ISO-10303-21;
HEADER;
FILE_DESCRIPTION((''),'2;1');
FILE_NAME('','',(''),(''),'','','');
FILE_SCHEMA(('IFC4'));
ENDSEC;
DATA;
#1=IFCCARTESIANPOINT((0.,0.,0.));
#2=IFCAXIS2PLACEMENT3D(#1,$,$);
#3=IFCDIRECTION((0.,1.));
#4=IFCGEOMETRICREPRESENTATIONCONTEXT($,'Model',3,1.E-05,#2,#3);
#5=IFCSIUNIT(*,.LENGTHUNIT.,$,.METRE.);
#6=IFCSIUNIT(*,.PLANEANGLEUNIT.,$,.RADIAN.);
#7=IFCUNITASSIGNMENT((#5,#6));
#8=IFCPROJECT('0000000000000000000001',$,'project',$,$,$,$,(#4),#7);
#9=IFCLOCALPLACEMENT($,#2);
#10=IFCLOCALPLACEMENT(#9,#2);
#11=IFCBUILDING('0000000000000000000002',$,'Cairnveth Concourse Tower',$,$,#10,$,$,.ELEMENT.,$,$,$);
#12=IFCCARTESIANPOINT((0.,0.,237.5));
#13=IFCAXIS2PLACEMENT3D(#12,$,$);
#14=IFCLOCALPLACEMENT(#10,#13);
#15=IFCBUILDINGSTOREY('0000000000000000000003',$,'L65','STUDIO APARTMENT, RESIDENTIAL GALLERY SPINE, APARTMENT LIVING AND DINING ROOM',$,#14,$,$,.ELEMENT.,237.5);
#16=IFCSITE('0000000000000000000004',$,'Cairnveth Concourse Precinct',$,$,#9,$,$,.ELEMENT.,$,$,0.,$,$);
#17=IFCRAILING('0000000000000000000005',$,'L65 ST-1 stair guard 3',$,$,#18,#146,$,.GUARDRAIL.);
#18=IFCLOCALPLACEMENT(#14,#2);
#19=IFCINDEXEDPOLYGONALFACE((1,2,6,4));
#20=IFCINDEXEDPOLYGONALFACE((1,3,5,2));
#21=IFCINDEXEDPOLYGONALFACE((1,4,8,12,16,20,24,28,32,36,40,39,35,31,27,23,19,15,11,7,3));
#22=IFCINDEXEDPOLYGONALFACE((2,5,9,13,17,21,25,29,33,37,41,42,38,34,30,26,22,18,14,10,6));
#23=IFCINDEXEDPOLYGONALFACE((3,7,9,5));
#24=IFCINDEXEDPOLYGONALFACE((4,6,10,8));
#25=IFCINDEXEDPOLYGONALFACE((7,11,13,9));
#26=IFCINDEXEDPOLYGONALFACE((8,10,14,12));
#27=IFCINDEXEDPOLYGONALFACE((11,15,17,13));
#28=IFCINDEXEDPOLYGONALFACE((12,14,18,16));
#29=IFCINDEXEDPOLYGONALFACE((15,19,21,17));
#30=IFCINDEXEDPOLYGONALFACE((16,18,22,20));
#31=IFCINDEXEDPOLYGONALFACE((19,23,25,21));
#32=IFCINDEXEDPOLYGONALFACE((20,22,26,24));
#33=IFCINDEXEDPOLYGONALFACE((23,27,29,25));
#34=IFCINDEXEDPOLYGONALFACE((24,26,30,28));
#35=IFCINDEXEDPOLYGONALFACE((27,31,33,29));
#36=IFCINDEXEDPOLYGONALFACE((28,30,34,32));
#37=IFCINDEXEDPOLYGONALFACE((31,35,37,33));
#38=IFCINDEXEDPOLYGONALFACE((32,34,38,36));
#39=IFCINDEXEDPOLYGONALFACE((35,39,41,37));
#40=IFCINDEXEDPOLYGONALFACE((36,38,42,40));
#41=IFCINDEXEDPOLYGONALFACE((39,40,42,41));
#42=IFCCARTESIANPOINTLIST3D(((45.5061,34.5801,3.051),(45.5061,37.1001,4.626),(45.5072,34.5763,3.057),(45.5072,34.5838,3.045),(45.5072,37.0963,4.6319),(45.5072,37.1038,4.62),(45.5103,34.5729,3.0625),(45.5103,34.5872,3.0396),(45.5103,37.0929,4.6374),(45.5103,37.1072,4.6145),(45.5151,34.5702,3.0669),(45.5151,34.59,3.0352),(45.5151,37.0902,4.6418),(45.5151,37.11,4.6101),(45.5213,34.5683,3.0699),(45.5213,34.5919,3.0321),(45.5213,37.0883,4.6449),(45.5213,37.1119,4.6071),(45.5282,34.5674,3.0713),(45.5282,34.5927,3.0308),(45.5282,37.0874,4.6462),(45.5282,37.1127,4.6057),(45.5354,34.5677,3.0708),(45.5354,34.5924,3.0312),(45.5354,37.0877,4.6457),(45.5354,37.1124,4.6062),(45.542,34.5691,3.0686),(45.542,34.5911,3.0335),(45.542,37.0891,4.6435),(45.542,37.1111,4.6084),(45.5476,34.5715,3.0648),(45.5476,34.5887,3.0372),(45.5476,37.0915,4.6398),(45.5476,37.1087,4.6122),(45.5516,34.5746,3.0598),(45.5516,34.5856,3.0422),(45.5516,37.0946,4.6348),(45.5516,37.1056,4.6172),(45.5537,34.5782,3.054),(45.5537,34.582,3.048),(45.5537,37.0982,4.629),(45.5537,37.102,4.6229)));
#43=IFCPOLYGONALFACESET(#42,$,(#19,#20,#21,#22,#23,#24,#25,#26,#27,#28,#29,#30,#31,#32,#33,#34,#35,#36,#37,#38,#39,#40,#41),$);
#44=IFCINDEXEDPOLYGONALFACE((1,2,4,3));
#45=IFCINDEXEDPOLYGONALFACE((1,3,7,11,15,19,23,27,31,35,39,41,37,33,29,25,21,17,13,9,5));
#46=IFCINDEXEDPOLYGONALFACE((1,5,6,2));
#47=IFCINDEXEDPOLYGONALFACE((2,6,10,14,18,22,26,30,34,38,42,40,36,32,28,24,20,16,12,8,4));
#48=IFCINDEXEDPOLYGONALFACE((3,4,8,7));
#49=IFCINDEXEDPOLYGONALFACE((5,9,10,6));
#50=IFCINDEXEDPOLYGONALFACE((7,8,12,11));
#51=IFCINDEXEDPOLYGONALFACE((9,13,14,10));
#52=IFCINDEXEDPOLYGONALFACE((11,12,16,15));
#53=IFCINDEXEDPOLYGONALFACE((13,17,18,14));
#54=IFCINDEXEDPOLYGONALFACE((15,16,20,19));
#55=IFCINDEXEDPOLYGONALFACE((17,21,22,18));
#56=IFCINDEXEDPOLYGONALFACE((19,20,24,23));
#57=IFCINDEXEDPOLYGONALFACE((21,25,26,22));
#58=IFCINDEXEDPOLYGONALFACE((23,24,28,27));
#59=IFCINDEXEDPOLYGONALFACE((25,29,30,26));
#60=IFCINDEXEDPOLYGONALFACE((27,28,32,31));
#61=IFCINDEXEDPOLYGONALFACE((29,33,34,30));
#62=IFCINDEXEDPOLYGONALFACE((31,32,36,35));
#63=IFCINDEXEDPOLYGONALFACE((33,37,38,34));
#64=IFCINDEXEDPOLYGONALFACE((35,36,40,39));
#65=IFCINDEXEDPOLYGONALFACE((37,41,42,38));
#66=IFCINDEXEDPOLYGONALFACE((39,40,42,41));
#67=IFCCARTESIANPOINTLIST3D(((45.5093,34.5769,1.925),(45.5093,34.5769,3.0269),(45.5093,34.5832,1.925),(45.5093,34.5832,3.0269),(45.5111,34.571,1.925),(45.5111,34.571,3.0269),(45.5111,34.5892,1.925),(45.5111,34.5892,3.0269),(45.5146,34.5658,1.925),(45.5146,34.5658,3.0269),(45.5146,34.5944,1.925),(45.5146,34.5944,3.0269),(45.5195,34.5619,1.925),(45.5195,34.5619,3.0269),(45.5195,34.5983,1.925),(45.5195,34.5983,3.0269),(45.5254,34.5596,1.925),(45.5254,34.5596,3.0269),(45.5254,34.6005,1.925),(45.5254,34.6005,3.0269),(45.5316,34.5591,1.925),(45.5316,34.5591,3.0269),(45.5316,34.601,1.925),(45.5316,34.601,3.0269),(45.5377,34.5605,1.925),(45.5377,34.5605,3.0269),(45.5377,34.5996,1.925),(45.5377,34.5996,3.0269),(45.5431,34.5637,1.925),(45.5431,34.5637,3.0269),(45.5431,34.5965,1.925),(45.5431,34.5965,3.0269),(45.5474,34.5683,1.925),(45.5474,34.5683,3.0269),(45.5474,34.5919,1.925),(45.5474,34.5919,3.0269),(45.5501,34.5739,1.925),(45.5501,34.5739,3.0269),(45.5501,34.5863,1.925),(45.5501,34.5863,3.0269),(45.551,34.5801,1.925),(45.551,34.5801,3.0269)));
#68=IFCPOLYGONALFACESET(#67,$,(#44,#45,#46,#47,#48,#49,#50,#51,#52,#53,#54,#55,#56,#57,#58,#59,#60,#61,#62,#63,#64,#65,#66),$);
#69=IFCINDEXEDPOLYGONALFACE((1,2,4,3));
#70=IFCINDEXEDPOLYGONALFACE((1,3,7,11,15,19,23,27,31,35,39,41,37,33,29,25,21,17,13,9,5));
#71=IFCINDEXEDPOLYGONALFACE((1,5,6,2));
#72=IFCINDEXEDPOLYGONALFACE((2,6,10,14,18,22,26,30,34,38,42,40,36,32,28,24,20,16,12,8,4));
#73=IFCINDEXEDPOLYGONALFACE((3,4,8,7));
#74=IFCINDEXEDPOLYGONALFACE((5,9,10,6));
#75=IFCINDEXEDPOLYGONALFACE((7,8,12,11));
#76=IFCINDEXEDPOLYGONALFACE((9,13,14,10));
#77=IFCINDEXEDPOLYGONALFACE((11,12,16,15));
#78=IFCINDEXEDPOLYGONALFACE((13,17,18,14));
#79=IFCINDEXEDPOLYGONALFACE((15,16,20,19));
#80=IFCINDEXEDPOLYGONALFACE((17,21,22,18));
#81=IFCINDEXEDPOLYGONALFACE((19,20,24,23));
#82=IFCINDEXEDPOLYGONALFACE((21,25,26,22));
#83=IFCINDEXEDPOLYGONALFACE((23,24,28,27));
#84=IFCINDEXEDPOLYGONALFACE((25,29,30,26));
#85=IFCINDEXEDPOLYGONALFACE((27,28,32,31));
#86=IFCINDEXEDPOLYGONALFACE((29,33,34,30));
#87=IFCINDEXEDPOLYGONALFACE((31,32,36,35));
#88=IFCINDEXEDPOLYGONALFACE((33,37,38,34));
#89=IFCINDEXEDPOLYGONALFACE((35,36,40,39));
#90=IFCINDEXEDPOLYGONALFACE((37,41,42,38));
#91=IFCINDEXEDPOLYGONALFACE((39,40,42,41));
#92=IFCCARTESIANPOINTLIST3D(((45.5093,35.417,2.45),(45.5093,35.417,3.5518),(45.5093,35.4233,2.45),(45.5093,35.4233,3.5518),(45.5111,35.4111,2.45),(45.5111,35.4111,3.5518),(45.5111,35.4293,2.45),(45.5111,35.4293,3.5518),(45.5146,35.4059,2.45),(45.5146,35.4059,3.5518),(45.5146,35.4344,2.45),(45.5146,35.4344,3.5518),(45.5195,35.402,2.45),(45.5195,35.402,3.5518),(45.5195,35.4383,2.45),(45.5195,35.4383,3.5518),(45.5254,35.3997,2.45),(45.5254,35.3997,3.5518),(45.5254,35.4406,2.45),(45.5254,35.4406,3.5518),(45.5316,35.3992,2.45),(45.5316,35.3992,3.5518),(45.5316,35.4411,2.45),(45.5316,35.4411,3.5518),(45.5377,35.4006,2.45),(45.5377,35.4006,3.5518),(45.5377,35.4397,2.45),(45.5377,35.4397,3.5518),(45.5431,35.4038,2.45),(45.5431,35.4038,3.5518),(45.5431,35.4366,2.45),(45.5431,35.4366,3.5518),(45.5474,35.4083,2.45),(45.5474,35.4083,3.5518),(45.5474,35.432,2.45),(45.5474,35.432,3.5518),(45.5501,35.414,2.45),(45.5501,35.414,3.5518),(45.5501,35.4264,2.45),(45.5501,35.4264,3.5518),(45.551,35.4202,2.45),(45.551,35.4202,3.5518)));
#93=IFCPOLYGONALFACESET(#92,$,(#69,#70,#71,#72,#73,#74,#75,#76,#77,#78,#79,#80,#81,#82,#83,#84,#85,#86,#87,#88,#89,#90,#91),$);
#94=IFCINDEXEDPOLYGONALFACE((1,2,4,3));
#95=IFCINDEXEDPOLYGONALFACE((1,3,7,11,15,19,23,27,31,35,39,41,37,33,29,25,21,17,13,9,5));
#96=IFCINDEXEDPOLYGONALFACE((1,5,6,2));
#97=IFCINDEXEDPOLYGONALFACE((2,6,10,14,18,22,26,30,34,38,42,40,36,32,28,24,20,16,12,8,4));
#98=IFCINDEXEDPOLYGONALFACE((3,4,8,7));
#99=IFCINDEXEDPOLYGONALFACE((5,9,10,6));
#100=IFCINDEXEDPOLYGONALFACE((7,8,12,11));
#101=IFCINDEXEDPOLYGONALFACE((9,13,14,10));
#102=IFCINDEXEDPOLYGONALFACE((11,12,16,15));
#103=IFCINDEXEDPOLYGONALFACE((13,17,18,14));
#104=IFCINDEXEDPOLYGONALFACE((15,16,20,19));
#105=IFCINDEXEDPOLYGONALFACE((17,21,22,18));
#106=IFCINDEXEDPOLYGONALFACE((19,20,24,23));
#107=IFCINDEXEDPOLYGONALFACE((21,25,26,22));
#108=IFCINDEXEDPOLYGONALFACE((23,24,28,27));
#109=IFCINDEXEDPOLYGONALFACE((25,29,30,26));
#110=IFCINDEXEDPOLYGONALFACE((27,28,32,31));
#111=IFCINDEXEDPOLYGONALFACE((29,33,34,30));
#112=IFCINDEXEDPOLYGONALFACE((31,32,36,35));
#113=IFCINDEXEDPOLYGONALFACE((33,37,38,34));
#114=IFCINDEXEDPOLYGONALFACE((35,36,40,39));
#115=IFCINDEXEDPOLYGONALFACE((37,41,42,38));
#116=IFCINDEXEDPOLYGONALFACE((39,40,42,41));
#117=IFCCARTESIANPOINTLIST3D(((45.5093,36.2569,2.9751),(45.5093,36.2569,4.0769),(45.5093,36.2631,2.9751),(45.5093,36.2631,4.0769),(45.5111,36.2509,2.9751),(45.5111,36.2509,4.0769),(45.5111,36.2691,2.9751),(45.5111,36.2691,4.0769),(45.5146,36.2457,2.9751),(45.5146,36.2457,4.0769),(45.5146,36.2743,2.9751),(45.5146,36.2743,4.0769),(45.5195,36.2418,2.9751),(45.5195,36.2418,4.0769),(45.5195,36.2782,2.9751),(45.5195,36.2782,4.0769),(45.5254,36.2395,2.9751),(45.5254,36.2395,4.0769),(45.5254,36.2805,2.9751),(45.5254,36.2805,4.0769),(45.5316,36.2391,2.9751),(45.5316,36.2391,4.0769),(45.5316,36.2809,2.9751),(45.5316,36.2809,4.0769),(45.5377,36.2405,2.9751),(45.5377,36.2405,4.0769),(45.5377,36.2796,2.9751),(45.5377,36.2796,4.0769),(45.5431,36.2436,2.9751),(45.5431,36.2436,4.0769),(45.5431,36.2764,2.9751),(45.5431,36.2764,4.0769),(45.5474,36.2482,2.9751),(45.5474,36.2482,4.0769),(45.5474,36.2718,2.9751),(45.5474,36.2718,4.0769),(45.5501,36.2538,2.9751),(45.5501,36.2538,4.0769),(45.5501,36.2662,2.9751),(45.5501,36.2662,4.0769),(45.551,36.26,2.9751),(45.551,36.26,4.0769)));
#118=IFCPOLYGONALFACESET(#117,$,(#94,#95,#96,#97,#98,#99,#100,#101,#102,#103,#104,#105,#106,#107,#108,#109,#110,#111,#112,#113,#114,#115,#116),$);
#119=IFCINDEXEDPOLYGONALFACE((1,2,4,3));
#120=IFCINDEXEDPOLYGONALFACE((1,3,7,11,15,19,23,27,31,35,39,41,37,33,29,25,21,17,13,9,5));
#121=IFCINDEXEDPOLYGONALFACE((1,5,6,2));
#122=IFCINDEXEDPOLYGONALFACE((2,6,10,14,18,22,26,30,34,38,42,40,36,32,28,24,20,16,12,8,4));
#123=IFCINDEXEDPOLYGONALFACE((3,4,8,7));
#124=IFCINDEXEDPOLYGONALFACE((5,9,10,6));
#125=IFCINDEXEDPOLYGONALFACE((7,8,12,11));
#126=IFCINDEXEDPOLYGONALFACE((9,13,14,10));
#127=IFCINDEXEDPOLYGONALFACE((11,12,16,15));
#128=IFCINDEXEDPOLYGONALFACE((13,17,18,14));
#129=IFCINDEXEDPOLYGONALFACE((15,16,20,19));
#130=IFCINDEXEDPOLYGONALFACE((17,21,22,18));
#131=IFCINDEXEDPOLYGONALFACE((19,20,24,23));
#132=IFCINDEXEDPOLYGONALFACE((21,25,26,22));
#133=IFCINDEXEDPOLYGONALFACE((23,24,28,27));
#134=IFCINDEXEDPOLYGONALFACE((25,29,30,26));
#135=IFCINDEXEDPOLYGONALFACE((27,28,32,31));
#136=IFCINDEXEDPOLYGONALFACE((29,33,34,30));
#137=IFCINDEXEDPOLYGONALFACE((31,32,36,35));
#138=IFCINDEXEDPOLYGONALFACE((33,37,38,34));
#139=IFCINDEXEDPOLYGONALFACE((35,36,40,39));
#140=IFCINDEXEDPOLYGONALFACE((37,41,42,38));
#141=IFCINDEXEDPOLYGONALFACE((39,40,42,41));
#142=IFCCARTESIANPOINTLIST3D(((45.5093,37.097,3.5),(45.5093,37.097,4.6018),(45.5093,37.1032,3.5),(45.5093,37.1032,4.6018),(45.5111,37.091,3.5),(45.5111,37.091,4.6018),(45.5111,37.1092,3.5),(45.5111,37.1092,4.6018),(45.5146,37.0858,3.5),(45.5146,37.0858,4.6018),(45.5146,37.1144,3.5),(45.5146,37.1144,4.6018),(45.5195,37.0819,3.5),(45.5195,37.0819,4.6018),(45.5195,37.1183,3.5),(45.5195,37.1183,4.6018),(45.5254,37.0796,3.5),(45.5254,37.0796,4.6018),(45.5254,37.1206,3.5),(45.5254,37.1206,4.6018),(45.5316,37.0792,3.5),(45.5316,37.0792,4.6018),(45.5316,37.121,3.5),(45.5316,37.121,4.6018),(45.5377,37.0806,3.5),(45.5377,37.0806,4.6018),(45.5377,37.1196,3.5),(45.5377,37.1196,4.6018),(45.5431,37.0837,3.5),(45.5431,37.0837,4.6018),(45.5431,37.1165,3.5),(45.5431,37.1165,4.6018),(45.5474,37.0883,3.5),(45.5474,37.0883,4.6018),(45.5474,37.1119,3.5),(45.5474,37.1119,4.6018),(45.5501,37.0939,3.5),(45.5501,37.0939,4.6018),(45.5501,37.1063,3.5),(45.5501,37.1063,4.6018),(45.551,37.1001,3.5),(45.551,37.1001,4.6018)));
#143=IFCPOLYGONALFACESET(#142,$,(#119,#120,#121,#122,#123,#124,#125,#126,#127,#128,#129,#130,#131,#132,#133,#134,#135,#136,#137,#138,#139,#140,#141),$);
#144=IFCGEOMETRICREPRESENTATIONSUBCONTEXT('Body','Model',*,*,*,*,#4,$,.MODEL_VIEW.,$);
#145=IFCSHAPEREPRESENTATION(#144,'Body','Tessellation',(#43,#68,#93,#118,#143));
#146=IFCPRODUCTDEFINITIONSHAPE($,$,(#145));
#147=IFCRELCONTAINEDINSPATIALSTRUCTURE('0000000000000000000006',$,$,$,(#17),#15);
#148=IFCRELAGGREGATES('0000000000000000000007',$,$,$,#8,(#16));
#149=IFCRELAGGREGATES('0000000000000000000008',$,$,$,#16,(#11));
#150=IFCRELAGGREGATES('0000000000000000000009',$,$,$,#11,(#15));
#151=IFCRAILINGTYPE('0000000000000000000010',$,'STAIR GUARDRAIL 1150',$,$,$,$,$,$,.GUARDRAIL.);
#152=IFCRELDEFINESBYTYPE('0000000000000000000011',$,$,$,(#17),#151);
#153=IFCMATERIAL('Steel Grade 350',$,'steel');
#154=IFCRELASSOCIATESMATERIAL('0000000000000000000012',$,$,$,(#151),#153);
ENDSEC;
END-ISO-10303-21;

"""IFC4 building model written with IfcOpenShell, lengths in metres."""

from ifc_helpers import new_model, si_unit, direction, frame, origin, origin_2d, place, context, subcontext, project, spatial, circle, extrude, material, type_object, element, save


model = new_model("IFC4")

# Units and contexts
model_context = context("Model", 3, precision=1e-05, world=origin(), true_north=direction((0.0, 1.0)))
body_context = subcontext(model_context, "Body", "Model", "MODEL_VIEW")
ifc_project = project(units=[si_unit("LENGTHUNIT", "METRE"), si_unit("PLANEANGLEUNIT", "RADIAN")], contexts=[model_context])

# Site, building, storey
site_placement = place(None, origin())
site = spatial("IfcSite", under=ifc_project, at=site_placement, Name="Cairnveth Concourse Precinct", CompositionType="ELEMENT", RefElevation=0.0)
building_placement = place(site_placement, origin())
building = spatial("IfcBuilding", under=site, at=building_placement, Name="Cairnveth Concourse Tower", CompositionType="ELEMENT")
storey_placement = place(building_placement, frame((0.0, 0.0, 237.5)))
storey = spatial("IfcBuildingStorey", under=building, at=storey_placement, Name="L65", Description="STUDIO APARTMENT, RESIDENTIAL GALLERY SPINE, APARTMENT LIVING AND DINING ROOM", CompositionType="ELEMENT", Elevation=237.5)

# Railing
ifc_material_1 = material(Name="Steel Grade 350", Category="steel")
railing_type_1 = type_object("IfcRailingType", Name="STAIR GUARDRAIL 1150", PredefinedType="GUARDRAIL", material=ifc_material_1)
railing_1_placement = place(storey_placement, frame((45.53, 34.5801, 1.925)))
element("IfcRailing", 1, at=railing_1_placement, inside=storey, type_object=railing_type_1, Name="L65 ST-1 stair guard 3", PredefinedType="GUARDRAIL", context=body_context, shape_type="SweptSolid", body=[
    extrude(circle(Radius=0.0239, at=origin_2d()), frame((0.0, 0.0, 1.126), z_axis=(0.0, 0.848008, 0.529984), x_axis=(-1.0, 0.0, 0.0)), (0.0, 0.0, 1.0), 2.9717),
    extrude(circle(Radius=0.021, at=origin_2d()), origin(), (0.0, 0.0, 1.0), 1.1018),
    extrude(circle(Radius=0.021, at=origin_2d()), frame((0.0, 0.8401, 0.5249)), (0.0, 0.0, 1.0), 1.1018),
    extrude(circle(Radius=0.021, at=origin_2d()), frame((0.0, 1.6799, 1.05)), (0.0, 0.0, 1.0), 1.1018),
    extrude(circle(Radius=0.021, at=origin_2d()), frame((0.0, 2.52, 1.575)), (0.0, 0.0, 1.0), 1.1018),
])

save(model, "model.ifc")
